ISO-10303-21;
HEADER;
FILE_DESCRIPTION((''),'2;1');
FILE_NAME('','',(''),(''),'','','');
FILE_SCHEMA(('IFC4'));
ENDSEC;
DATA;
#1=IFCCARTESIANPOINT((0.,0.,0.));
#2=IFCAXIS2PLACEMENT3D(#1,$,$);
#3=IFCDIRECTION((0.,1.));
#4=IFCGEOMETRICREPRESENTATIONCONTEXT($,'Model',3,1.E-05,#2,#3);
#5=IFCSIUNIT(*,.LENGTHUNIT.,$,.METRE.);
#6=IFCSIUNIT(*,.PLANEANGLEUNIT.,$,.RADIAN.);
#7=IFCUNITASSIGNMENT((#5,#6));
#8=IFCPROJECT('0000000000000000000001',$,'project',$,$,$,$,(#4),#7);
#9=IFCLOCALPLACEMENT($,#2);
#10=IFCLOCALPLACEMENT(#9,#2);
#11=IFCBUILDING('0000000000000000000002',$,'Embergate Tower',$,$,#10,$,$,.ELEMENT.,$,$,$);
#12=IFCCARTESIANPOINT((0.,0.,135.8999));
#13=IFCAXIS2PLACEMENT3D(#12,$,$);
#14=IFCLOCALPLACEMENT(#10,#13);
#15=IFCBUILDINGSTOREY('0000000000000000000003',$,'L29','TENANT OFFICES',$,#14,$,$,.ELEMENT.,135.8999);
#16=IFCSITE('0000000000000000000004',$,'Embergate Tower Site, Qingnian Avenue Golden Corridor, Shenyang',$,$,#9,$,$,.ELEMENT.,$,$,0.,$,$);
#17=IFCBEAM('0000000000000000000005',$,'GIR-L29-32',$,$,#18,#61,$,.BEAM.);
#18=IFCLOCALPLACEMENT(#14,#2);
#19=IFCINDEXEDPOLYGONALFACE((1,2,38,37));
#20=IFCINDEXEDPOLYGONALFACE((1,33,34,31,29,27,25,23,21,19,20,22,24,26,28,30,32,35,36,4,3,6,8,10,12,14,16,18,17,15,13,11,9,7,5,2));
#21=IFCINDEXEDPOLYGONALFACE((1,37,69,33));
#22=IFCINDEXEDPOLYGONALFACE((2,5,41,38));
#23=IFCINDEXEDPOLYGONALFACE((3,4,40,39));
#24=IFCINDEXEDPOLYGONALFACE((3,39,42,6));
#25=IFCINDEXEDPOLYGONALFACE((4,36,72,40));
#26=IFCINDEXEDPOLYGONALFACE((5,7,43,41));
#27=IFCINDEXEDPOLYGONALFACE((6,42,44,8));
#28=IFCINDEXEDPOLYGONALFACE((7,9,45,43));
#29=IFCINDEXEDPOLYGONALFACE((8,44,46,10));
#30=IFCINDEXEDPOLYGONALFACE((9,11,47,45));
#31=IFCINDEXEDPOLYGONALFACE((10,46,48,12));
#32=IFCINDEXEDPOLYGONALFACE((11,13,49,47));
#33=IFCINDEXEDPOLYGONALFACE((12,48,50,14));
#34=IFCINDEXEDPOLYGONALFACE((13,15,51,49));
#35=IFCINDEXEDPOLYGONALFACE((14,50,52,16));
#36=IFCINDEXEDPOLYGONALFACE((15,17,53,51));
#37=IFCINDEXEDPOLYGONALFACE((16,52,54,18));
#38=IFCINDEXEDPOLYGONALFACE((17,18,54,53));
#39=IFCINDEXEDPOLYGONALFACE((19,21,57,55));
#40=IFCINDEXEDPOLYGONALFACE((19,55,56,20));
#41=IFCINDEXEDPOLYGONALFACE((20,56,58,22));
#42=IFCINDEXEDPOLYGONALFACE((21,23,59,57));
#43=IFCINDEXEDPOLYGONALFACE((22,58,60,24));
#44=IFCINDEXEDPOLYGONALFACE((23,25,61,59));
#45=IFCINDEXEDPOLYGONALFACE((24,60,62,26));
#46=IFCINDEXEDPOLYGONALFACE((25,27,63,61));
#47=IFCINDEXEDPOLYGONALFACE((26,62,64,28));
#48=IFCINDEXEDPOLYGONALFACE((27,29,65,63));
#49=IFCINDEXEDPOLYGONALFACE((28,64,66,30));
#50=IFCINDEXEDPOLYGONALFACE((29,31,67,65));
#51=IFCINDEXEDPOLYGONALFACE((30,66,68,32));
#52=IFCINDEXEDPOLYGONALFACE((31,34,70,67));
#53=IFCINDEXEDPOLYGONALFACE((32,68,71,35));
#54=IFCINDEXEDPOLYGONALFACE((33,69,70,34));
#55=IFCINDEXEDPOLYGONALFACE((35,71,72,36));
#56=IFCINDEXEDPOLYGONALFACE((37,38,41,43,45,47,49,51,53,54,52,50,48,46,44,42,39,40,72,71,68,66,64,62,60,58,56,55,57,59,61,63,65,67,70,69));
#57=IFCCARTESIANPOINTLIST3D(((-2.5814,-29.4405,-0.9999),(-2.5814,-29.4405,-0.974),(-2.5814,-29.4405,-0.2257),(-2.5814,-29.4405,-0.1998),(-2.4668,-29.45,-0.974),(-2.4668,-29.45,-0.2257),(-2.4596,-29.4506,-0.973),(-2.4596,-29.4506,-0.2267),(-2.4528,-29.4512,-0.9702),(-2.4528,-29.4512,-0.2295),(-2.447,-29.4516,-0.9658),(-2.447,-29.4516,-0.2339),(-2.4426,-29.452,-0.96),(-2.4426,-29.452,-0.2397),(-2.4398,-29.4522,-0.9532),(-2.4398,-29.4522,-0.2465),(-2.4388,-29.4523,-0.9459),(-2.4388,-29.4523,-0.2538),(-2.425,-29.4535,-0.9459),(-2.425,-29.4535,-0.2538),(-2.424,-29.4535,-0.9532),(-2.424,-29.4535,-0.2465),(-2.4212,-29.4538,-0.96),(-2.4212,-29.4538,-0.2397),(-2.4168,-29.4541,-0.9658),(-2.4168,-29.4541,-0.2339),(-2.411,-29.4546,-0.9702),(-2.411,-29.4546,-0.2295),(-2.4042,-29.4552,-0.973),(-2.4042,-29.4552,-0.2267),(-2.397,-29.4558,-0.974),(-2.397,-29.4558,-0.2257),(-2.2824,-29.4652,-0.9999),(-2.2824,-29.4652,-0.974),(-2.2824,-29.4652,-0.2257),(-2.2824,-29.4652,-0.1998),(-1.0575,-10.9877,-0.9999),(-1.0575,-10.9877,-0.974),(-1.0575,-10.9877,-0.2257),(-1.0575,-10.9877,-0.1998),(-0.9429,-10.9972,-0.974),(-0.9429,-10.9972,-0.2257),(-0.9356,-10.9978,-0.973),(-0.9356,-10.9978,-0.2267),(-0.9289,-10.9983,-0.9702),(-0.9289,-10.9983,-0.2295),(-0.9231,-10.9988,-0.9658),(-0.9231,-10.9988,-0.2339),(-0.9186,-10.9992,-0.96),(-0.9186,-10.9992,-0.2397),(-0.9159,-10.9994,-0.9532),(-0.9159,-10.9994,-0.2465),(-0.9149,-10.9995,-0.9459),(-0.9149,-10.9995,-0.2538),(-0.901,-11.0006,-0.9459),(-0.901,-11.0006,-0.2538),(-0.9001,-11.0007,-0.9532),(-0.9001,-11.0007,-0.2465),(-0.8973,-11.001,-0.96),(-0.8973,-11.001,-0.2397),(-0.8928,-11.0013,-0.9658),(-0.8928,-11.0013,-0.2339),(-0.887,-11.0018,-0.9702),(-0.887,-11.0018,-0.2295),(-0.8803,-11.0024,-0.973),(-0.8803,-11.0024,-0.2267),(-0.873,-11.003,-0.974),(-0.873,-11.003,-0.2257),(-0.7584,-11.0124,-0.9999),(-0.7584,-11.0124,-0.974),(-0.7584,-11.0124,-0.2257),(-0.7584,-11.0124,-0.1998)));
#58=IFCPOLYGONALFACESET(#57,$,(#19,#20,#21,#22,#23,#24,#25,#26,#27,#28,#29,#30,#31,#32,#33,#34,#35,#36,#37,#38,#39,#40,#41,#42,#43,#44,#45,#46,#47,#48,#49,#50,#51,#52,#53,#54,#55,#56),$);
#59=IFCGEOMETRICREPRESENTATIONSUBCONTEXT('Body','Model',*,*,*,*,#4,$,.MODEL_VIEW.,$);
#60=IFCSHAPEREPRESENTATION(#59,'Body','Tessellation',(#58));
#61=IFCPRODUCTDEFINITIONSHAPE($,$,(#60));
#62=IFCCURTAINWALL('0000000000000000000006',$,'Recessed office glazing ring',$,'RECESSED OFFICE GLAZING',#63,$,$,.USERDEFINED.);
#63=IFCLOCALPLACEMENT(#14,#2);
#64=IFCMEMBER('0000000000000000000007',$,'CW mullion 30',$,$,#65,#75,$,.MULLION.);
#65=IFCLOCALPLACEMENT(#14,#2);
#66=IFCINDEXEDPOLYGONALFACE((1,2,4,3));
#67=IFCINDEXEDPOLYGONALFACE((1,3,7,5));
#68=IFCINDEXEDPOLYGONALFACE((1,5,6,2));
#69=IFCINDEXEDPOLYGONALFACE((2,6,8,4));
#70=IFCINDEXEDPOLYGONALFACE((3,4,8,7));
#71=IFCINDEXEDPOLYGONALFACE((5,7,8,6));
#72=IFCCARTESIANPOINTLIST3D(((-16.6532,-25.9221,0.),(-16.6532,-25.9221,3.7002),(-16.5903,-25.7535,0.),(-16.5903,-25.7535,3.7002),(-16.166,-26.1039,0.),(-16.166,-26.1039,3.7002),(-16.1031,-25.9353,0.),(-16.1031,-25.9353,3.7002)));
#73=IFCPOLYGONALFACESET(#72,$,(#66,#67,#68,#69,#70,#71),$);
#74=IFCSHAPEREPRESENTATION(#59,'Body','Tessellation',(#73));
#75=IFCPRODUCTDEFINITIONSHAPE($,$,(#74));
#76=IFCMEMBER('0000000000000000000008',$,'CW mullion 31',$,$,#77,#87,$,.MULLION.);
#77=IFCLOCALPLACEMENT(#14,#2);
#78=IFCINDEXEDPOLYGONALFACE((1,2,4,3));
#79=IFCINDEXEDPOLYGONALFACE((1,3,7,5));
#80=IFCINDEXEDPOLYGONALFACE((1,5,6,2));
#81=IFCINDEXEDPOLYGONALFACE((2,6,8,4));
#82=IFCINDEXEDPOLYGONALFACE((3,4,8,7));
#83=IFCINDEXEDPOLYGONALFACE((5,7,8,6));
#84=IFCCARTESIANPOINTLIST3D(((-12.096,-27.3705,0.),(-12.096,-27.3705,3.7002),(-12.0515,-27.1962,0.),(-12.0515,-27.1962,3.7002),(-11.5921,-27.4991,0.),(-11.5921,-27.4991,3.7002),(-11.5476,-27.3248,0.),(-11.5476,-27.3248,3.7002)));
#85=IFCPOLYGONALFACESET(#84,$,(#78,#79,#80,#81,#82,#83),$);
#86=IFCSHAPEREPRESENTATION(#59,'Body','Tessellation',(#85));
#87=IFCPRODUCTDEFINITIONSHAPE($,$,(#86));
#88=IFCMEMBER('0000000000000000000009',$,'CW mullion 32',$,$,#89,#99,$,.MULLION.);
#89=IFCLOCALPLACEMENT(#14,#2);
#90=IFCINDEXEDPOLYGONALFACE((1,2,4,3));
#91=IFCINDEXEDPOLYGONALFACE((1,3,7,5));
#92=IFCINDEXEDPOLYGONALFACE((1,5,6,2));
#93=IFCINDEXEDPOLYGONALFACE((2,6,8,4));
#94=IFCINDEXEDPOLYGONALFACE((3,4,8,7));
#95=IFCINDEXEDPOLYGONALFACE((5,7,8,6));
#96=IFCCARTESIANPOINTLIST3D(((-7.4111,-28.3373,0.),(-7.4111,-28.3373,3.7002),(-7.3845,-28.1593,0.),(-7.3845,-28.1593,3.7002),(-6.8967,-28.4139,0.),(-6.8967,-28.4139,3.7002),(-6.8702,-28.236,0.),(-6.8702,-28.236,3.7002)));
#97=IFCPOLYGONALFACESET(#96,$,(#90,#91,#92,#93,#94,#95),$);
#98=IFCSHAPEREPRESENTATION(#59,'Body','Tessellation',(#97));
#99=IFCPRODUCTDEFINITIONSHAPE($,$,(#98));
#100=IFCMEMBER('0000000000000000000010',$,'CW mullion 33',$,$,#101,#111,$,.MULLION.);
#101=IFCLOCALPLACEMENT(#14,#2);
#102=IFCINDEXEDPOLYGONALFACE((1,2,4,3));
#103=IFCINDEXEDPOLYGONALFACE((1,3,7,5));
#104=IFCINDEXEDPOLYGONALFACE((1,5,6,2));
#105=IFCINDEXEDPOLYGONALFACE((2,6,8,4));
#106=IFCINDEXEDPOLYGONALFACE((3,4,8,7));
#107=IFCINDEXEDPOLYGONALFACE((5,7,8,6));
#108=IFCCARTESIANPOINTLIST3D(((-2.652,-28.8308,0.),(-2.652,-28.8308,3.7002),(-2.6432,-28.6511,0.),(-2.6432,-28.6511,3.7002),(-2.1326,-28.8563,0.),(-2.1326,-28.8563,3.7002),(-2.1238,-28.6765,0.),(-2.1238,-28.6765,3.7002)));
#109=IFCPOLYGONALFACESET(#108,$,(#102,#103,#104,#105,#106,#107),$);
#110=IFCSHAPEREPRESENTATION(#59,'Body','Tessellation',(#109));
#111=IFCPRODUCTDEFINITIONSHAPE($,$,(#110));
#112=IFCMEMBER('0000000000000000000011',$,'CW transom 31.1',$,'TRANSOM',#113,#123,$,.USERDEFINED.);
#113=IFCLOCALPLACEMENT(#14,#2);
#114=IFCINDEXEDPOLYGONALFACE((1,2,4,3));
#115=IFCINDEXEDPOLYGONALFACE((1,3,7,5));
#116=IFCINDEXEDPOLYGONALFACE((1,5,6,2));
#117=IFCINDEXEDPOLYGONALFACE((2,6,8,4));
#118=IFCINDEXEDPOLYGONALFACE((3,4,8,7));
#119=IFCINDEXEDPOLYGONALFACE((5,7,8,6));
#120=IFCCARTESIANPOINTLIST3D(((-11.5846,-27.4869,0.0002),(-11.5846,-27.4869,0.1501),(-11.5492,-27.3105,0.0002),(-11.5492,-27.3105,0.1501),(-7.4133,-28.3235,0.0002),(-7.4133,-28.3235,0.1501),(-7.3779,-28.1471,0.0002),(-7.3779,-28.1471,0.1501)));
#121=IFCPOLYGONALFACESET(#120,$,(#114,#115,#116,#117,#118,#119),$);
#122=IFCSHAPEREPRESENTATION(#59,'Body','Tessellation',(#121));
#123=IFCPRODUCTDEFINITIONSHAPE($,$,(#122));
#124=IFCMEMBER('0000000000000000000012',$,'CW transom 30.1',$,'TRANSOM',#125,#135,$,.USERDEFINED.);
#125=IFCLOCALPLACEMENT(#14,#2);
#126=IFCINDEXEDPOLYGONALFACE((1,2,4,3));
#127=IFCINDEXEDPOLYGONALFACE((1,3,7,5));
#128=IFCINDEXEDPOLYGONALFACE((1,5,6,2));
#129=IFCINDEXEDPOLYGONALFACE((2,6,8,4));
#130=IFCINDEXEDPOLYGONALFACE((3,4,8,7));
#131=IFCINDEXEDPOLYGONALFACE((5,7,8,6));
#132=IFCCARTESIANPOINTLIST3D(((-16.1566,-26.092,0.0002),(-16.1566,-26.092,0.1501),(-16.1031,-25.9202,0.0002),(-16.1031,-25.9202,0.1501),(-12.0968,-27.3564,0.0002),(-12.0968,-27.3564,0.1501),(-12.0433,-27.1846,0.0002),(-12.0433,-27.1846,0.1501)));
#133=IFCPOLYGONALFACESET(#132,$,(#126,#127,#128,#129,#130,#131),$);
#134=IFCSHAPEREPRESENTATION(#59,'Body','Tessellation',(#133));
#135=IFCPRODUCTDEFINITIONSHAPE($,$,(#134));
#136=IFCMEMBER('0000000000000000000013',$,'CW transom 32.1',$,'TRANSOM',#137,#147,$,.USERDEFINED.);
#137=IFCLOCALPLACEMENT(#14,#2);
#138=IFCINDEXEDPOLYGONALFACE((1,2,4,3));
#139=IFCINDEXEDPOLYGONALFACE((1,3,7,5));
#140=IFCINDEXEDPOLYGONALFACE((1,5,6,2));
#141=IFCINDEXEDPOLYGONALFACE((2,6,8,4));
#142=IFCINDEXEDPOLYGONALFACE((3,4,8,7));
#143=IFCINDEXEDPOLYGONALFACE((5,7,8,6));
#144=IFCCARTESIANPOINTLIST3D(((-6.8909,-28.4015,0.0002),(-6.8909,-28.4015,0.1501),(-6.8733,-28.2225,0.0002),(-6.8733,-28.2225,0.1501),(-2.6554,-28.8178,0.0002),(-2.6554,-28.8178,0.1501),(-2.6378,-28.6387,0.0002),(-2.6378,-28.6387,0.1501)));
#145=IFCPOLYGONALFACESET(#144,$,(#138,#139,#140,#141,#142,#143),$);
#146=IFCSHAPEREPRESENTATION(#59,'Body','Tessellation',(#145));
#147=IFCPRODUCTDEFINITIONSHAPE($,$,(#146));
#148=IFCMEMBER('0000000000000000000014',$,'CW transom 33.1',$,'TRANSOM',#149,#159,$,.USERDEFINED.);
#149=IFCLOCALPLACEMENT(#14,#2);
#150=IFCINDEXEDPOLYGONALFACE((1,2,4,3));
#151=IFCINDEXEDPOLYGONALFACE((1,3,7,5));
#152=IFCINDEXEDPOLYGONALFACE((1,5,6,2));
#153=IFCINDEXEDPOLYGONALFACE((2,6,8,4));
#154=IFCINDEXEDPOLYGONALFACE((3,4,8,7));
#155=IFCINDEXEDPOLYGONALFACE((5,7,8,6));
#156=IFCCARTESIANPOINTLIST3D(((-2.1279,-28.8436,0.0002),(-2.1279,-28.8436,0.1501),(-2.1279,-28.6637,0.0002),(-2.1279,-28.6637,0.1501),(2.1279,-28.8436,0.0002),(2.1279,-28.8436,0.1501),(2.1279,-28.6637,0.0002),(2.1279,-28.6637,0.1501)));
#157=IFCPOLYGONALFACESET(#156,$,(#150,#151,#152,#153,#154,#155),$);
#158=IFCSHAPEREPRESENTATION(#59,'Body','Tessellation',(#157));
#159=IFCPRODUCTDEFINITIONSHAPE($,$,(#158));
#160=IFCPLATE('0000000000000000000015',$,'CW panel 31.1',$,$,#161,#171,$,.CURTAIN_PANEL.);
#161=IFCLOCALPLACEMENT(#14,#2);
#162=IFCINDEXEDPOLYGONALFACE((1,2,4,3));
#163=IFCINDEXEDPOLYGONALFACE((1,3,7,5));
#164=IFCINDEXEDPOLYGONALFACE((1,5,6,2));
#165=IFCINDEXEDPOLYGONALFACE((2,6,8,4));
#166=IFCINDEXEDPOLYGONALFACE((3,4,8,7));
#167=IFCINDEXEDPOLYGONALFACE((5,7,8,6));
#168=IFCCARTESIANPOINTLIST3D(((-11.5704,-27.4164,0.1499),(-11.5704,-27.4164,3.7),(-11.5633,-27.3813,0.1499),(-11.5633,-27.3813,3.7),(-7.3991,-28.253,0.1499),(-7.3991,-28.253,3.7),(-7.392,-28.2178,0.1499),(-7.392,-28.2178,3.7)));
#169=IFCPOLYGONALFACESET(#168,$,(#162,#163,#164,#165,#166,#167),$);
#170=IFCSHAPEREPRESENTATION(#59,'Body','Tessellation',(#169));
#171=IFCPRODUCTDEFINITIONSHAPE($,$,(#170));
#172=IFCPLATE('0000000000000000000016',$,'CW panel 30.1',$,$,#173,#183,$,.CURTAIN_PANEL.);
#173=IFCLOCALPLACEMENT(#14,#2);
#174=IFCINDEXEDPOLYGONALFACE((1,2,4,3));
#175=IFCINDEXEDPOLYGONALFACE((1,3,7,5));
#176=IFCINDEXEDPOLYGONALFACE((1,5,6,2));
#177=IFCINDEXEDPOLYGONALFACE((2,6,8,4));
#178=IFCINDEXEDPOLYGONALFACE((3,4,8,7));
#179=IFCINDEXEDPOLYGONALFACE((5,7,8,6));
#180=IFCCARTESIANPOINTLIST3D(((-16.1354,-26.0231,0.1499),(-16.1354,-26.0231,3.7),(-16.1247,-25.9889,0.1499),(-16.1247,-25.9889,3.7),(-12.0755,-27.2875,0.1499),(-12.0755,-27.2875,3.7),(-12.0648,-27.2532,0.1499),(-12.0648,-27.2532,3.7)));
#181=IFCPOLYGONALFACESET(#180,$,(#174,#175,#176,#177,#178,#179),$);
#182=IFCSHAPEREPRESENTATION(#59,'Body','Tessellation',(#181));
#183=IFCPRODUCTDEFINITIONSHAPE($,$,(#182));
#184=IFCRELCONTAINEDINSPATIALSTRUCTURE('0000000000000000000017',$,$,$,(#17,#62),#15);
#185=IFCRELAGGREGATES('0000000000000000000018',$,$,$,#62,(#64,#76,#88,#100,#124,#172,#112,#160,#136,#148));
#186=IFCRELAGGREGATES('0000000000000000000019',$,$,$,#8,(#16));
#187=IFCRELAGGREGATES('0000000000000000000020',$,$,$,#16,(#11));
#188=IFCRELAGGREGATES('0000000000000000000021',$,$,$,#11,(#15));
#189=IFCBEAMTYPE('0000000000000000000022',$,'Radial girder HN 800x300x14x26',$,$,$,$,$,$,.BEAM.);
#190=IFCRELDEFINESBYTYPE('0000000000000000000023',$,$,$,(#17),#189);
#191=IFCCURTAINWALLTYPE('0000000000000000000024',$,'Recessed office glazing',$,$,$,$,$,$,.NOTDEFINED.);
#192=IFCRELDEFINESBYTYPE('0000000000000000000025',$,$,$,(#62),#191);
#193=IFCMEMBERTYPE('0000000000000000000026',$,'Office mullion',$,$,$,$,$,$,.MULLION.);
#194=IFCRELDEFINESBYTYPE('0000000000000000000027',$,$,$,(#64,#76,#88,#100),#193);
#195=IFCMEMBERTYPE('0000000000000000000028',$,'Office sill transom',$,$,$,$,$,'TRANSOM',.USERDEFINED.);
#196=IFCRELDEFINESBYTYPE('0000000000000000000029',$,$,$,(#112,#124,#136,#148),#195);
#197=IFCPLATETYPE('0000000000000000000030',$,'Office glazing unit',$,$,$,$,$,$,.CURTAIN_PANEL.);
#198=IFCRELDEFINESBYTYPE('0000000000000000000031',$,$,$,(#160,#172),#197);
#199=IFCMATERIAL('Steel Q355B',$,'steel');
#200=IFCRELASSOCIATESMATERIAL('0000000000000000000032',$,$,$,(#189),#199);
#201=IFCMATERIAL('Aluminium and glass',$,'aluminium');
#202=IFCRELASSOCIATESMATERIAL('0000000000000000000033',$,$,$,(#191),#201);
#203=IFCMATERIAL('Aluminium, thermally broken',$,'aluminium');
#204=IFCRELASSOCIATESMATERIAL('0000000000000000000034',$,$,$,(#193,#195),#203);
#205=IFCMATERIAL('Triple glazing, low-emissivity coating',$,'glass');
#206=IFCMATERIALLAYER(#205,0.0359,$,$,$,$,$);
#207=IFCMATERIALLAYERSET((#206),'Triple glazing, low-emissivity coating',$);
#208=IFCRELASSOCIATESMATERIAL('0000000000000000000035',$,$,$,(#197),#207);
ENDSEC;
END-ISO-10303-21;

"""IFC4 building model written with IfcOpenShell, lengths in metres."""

from ifc_helpers import new_model, si_unit, direction, frame, origin, origin_2d, place, context, subcontext, project, spatial, rectangle, i_section, extrude, source, transform, mapped, material, layer, layer_set, material_profile, profile_set, type_object, element, aggregate, save


model = new_model("IFC4")

# Units and contexts
model_context = context("Model", 3, precision=1e-05, world=origin(), true_north=direction((0.0, 1.0)))
body_context = subcontext(model_context, "Body", "Model", "MODEL_VIEW")
ifc_project = project(units=[si_unit("LENGTHUNIT", "METRE"), si_unit("PLANEANGLEUNIT", "RADIAN")], contexts=[model_context])

# Site, building, storey
site_placement = place(None, origin())
site = spatial("IfcSite", under=ifc_project, at=site_placement, Name="Embergate Tower Site, Qingnian Avenue Golden Corridor, Shenyang", CompositionType="ELEMENT", RefElevation=0.0)
building_placement = place(site_placement, origin())
building = spatial("IfcBuilding", under=site, at=building_placement, Name="Embergate Tower", CompositionType="ELEMENT")
storey_placement = place(building_placement, frame((0.0, 0.0, 135.8999)))
storey = spatial("IfcBuildingStorey", under=building, at=storey_placement, Name="L29", Description="TENANT OFFICES", CompositionType="ELEMENT", Elevation=135.8999)

# Beam
ifc_material_1 = material(Name="Steel Q355B", Category="steel")
ifc_material_profile_1 = material_profile(ifc_material_1, i_section(OverallWidth=0.3, OverallDepth=0.8, WebThickness=0.0139, FlangeThickness=0.0259, FilletRadius=0.0281, at=origin_2d()), Name="HN 800x300x14x26")
ifc_profile_set_1 = profile_set([ifc_material_profile_1], Name="Steel Q355 grade B")
beam_type_1 = type_object("IfcBeamType", Name="Radial girder HN 800x300x14x26", PredefinedType="BEAM", material=ifc_profile_set_1)
shared_shape_1 = source(origin(), body_context, "Body", "SweptSolid", [
    extrude(i_section(OverallWidth=0.3, OverallDepth=0.8, WebThickness=0.0139, FlangeThickness=0.0259, FilletRadius=0.0281, at=origin_2d()), origin(), (0.0, 0.0, 1.0), 18.5156),
])
beam_1_placement = place(storey_placement, frame((-2.4319, -29.4529, -0.5999), z_axis=(0.082305, 0.996607, 0.0), x_axis=(-0.996607, 0.082305, 0.0)))
element("IfcBeam", 1, at=beam_1_placement, inside=storey, type_object=beam_type_1, Name="GIR-L29-32", PredefinedType="BEAM", context=body_context, shape_type="MappedRepresentation", body=[
    mapped(shared_shape_1, transform((0.0, 0.0, 0.0))),
])

# Curtain wall, members
ifc_material_2 = material(Name="Aluminium and glass", Category="aluminium")
curtain_wall_type = type_object("IfcCurtainWallType", Name="Recessed office glazing", PredefinedType="NOTDEFINED", material=ifc_material_2)
curtain_wall_placement = place(storey_placement, origin())
curtain_wall = element("IfcCurtainWall", 2, at=curtain_wall_placement, inside=storey, type_object=curtain_wall_type, Name="Recessed office glazing ring", ObjectType="RECESSED OFFICE GLAZING", PredefinedType="USERDEFINED")
ifc_material_3 = material(Name="Aluminium, thermally broken", Category="aluminium")
ifc_material_profile_2 = material_profile(ifc_material_3, rectangle(XDim=0.1799, YDim=0.52, at=origin_2d()), Name="AL 520x180")
ifc_profile_set_2 = profile_set([ifc_material_profile_2], Name="Aluminium, thermally broken")
member_type_1 = type_object("IfcMemberType", Name="Office mullion", PredefinedType="MULLION", material=ifc_profile_set_2)
shared_shape_2 = source(origin(), body_context, "Body", "SweptSolid", [
    extrude(rectangle(XDim=0.1799, YDim=0.52, at=origin_2d()), origin(), (0.0, 0.0, 1.0), 3.7002),
])
member_1_placement = place(storey_placement, frame((-16.3782, -25.9287, 0.0), z_axis=(0.0, 0.0, 1.0), x_axis=(0.349501, 0.936936, 0.0)))
member_1 = element("IfcMember", 3, at=member_1_placement, type_object=member_type_1, Name="CW mullion 30", PredefinedType="MULLION", context=body_context, shape_type="MappedRepresentation", body=[
    mapped(shared_shape_2, transform((0.0, 0.0, 0.0))),
])
member_2_placement = place(storey_placement, frame((-11.8218, -27.3477, 0.0), z_axis=(0.0, 0.0, 1.0), x_axis=(0.24731, 0.968936, 0.0)))
member_2 = element("IfcMember", 4, at=member_2_placement, type_object=member_type_1, Name="CW mullion 31", PredefinedType="MULLION", context=body_context, shape_type="MappedRepresentation", body=[
    mapped(shared_shape_2, transform((0.0, 0.0, 0.0))),
])
member_3_placement = place(storey_placement, frame((-7.1406, -28.2866, 0.0), z_axis=(0.0, 0.0, 1.0), x_axis=(0.147411, 0.989075, 0.0)))
member_3 = element("IfcMember", 5, at=member_3_placement, type_object=member_type_1, Name="CW mullion 32", PredefinedType="MULLION", context=body_context, shape_type="MappedRepresentation", body=[
    mapped(shared_shape_2, transform((0.0, 0.0, 0.0))),
])
member_4_placement = place(storey_placement, frame((-2.3879, -28.7537, 0.0), z_axis=(0.0, 0.0, 1.0), x_axis=(0.048972, 0.9988, 0.0)))
member_4 = element("IfcMember", 6, at=member_4_placement, type_object=member_type_1, Name="CW mullion 33", PredefinedType="MULLION", context=body_context, shape_type="MappedRepresentation", body=[
    mapped(shared_shape_2, transform((0.0, 0.0, 0.0))),
])
ifc_material_profile_3 = material_profile(ifc_material_3, rectangle(XDim=0.1799, YDim=0.1499, at=origin_2d()), Name="AL 150x180")
ifc_profile_set_3 = profile_set([ifc_material_profile_3], Name="Aluminium, thermally broken")
member_type_2 = type_object("IfcMemberType", Name="Office sill transom", ElementType="TRANSOM", PredefinedType="USERDEFINED", material=ifc_profile_set_3)
shared_shape_3 = source(origin(), body_context, "Body", "SweptSolid", [
    extrude(rectangle(XDim=0.1799, YDim=0.1499, at=origin_2d()), origin(), (0.0, 0.0, 1.0), 4.2544),
])
member_5_placement = place(storey_placement, frame((-11.5669, -27.3987, 0.0752), z_axis=(0.980472, -0.196657, 0.0), x_axis=(0.196657, 0.980472, 0.0)))
member_5 = element("IfcMember", 7, at=member_5_placement, type_object=member_type_2, Name="CW transom 31.1", ObjectType="TRANSOM", PredefinedType="USERDEFINED", context=body_context, shape_type="MappedRepresentation", body=[
    mapped(shared_shape_3, transform((0.0, 0.0, 0.0))),
])
shared_shape_4 = source(origin(), body_context, "Body", "SweptSolid", [
    extrude(rectangle(XDim=0.1799, YDim=0.1499, at=origin_2d()), origin(), (0.0, 0.0, 1.0), 4.2522),
])
member_6_placement = place(storey_placement, frame((-16.1299, -26.0061, 0.0752), z_axis=(0.954767, -0.297356, 0.0), x_axis=(0.297356, 0.954767, 0.0)))
member_6 = element("IfcMember", 8, at=member_6_placement, type_object=member_type_2, Name="CW transom 30.1", ObjectType="TRANSOM", PredefinedType="USERDEFINED", context=body_context, shape_type="MappedRepresentation", body=[
    mapped(shared_shape_4, transform((0.0, 0.0, 0.0))),
])
shared_shape_5 = source(origin(), body_context, "Body", "SweptSolid", [
    extrude(rectangle(XDim=0.1799, YDim=0.1499, at=origin_2d()), origin(), (0.0, 0.0, 1.0), 4.2559),
])
member_7_placement = place(storey_placement, frame((-6.8821, -28.312, 0.0752), z_axis=(0.995205, -0.097811, 0.0), x_axis=(0.097811, 0.995205, 0.0)))
member_7 = element("IfcMember", 9, at=member_7_placement, type_object=member_type_2, Name="CW transom 32.1", ObjectType="TRANSOM", PredefinedType="USERDEFINED", context=body_context, shape_type="MappedRepresentation", body=[
    mapped(shared_shape_5, transform((0.0, 0.0, 0.0))),
])
member_8_placement = place(storey_placement, frame((-2.1279, -28.7537, 0.0752), z_axis=(1.0, 0.0, 0.0), x_axis=(0.0, 1.0, 0.0)))
member_8 = element("IfcMember", 10, at=member_8_placement, type_object=member_type_2, Name="CW transom 33.1", ObjectType="TRANSOM", PredefinedType="USERDEFINED", context=body_context, shape_type="MappedRepresentation", body=[
    mapped(shared_shape_5, transform((0.0, 0.0, 0.0))),
])

# Plates
ifc_material_4 = material(Name="Triple glazing, low-emissivity coating", Category="glass")
ifc_layer_1 = layer(ifc_material_4, 0.0359)
ifc_layer_set_1 = layer_set([ifc_layer_1], Name="Triple glazing, low-emissivity coating")
plate_type = type_object("IfcPlateType", Name="Office glazing unit", PredefinedType="CURTAIN_PANEL", material=ifc_layer_set_1)
shared_shape_6 = source(origin(), body_context, "Body", "SweptSolid", [
    extrude(rectangle(XDim=4.2544, YDim=0.0359, at=origin_2d()), origin(), (0.0, 0.0, 1.0), 3.55),
])
plate_1_placement = place(storey_placement, frame((-9.4812, -27.8171, 0.1499), z_axis=(0.0, 0.0, 1.0), x_axis=(0.980476, -0.196638, 0.0)))
plate_1 = element("IfcPlate", 11, at=plate_1_placement, type_object=plate_type, Name="CW panel 31.1", PredefinedType="CURTAIN_PANEL", context=body_context, shape_type="MappedRepresentation", body=[
    mapped(shared_shape_6, transform((0.0, 0.0, 0.0))),
])
shared_shape_7 = source(origin(), body_context, "Body", "SweptSolid", [
    extrude(rectangle(XDim=4.2522, YDim=0.0359, at=origin_2d()), origin(), (0.0, 0.0, 1.0), 3.55),
])
plate_2_placement = place(storey_placement, frame((-14.1001, -26.6382, 0.1499), z_axis=(0.0, 0.0, 1.0), x_axis=(0.954773, -0.297337, 0.0)))
plate_2 = element("IfcPlate", 12, at=plate_2_placement, type_object=plate_type, Name="CW panel 30.1", PredefinedType="CURTAIN_PANEL", context=body_context, shape_type="MappedRepresentation", body=[
    mapped(shared_shape_7, transform((0.0, 0.0, 0.0))),
])
aggregate(curtain_wall, [member_1, member_2, member_3, member_4, member_6, plate_2, member_5, plate_1, member_7, member_8])

save(model, "model.ifc")
